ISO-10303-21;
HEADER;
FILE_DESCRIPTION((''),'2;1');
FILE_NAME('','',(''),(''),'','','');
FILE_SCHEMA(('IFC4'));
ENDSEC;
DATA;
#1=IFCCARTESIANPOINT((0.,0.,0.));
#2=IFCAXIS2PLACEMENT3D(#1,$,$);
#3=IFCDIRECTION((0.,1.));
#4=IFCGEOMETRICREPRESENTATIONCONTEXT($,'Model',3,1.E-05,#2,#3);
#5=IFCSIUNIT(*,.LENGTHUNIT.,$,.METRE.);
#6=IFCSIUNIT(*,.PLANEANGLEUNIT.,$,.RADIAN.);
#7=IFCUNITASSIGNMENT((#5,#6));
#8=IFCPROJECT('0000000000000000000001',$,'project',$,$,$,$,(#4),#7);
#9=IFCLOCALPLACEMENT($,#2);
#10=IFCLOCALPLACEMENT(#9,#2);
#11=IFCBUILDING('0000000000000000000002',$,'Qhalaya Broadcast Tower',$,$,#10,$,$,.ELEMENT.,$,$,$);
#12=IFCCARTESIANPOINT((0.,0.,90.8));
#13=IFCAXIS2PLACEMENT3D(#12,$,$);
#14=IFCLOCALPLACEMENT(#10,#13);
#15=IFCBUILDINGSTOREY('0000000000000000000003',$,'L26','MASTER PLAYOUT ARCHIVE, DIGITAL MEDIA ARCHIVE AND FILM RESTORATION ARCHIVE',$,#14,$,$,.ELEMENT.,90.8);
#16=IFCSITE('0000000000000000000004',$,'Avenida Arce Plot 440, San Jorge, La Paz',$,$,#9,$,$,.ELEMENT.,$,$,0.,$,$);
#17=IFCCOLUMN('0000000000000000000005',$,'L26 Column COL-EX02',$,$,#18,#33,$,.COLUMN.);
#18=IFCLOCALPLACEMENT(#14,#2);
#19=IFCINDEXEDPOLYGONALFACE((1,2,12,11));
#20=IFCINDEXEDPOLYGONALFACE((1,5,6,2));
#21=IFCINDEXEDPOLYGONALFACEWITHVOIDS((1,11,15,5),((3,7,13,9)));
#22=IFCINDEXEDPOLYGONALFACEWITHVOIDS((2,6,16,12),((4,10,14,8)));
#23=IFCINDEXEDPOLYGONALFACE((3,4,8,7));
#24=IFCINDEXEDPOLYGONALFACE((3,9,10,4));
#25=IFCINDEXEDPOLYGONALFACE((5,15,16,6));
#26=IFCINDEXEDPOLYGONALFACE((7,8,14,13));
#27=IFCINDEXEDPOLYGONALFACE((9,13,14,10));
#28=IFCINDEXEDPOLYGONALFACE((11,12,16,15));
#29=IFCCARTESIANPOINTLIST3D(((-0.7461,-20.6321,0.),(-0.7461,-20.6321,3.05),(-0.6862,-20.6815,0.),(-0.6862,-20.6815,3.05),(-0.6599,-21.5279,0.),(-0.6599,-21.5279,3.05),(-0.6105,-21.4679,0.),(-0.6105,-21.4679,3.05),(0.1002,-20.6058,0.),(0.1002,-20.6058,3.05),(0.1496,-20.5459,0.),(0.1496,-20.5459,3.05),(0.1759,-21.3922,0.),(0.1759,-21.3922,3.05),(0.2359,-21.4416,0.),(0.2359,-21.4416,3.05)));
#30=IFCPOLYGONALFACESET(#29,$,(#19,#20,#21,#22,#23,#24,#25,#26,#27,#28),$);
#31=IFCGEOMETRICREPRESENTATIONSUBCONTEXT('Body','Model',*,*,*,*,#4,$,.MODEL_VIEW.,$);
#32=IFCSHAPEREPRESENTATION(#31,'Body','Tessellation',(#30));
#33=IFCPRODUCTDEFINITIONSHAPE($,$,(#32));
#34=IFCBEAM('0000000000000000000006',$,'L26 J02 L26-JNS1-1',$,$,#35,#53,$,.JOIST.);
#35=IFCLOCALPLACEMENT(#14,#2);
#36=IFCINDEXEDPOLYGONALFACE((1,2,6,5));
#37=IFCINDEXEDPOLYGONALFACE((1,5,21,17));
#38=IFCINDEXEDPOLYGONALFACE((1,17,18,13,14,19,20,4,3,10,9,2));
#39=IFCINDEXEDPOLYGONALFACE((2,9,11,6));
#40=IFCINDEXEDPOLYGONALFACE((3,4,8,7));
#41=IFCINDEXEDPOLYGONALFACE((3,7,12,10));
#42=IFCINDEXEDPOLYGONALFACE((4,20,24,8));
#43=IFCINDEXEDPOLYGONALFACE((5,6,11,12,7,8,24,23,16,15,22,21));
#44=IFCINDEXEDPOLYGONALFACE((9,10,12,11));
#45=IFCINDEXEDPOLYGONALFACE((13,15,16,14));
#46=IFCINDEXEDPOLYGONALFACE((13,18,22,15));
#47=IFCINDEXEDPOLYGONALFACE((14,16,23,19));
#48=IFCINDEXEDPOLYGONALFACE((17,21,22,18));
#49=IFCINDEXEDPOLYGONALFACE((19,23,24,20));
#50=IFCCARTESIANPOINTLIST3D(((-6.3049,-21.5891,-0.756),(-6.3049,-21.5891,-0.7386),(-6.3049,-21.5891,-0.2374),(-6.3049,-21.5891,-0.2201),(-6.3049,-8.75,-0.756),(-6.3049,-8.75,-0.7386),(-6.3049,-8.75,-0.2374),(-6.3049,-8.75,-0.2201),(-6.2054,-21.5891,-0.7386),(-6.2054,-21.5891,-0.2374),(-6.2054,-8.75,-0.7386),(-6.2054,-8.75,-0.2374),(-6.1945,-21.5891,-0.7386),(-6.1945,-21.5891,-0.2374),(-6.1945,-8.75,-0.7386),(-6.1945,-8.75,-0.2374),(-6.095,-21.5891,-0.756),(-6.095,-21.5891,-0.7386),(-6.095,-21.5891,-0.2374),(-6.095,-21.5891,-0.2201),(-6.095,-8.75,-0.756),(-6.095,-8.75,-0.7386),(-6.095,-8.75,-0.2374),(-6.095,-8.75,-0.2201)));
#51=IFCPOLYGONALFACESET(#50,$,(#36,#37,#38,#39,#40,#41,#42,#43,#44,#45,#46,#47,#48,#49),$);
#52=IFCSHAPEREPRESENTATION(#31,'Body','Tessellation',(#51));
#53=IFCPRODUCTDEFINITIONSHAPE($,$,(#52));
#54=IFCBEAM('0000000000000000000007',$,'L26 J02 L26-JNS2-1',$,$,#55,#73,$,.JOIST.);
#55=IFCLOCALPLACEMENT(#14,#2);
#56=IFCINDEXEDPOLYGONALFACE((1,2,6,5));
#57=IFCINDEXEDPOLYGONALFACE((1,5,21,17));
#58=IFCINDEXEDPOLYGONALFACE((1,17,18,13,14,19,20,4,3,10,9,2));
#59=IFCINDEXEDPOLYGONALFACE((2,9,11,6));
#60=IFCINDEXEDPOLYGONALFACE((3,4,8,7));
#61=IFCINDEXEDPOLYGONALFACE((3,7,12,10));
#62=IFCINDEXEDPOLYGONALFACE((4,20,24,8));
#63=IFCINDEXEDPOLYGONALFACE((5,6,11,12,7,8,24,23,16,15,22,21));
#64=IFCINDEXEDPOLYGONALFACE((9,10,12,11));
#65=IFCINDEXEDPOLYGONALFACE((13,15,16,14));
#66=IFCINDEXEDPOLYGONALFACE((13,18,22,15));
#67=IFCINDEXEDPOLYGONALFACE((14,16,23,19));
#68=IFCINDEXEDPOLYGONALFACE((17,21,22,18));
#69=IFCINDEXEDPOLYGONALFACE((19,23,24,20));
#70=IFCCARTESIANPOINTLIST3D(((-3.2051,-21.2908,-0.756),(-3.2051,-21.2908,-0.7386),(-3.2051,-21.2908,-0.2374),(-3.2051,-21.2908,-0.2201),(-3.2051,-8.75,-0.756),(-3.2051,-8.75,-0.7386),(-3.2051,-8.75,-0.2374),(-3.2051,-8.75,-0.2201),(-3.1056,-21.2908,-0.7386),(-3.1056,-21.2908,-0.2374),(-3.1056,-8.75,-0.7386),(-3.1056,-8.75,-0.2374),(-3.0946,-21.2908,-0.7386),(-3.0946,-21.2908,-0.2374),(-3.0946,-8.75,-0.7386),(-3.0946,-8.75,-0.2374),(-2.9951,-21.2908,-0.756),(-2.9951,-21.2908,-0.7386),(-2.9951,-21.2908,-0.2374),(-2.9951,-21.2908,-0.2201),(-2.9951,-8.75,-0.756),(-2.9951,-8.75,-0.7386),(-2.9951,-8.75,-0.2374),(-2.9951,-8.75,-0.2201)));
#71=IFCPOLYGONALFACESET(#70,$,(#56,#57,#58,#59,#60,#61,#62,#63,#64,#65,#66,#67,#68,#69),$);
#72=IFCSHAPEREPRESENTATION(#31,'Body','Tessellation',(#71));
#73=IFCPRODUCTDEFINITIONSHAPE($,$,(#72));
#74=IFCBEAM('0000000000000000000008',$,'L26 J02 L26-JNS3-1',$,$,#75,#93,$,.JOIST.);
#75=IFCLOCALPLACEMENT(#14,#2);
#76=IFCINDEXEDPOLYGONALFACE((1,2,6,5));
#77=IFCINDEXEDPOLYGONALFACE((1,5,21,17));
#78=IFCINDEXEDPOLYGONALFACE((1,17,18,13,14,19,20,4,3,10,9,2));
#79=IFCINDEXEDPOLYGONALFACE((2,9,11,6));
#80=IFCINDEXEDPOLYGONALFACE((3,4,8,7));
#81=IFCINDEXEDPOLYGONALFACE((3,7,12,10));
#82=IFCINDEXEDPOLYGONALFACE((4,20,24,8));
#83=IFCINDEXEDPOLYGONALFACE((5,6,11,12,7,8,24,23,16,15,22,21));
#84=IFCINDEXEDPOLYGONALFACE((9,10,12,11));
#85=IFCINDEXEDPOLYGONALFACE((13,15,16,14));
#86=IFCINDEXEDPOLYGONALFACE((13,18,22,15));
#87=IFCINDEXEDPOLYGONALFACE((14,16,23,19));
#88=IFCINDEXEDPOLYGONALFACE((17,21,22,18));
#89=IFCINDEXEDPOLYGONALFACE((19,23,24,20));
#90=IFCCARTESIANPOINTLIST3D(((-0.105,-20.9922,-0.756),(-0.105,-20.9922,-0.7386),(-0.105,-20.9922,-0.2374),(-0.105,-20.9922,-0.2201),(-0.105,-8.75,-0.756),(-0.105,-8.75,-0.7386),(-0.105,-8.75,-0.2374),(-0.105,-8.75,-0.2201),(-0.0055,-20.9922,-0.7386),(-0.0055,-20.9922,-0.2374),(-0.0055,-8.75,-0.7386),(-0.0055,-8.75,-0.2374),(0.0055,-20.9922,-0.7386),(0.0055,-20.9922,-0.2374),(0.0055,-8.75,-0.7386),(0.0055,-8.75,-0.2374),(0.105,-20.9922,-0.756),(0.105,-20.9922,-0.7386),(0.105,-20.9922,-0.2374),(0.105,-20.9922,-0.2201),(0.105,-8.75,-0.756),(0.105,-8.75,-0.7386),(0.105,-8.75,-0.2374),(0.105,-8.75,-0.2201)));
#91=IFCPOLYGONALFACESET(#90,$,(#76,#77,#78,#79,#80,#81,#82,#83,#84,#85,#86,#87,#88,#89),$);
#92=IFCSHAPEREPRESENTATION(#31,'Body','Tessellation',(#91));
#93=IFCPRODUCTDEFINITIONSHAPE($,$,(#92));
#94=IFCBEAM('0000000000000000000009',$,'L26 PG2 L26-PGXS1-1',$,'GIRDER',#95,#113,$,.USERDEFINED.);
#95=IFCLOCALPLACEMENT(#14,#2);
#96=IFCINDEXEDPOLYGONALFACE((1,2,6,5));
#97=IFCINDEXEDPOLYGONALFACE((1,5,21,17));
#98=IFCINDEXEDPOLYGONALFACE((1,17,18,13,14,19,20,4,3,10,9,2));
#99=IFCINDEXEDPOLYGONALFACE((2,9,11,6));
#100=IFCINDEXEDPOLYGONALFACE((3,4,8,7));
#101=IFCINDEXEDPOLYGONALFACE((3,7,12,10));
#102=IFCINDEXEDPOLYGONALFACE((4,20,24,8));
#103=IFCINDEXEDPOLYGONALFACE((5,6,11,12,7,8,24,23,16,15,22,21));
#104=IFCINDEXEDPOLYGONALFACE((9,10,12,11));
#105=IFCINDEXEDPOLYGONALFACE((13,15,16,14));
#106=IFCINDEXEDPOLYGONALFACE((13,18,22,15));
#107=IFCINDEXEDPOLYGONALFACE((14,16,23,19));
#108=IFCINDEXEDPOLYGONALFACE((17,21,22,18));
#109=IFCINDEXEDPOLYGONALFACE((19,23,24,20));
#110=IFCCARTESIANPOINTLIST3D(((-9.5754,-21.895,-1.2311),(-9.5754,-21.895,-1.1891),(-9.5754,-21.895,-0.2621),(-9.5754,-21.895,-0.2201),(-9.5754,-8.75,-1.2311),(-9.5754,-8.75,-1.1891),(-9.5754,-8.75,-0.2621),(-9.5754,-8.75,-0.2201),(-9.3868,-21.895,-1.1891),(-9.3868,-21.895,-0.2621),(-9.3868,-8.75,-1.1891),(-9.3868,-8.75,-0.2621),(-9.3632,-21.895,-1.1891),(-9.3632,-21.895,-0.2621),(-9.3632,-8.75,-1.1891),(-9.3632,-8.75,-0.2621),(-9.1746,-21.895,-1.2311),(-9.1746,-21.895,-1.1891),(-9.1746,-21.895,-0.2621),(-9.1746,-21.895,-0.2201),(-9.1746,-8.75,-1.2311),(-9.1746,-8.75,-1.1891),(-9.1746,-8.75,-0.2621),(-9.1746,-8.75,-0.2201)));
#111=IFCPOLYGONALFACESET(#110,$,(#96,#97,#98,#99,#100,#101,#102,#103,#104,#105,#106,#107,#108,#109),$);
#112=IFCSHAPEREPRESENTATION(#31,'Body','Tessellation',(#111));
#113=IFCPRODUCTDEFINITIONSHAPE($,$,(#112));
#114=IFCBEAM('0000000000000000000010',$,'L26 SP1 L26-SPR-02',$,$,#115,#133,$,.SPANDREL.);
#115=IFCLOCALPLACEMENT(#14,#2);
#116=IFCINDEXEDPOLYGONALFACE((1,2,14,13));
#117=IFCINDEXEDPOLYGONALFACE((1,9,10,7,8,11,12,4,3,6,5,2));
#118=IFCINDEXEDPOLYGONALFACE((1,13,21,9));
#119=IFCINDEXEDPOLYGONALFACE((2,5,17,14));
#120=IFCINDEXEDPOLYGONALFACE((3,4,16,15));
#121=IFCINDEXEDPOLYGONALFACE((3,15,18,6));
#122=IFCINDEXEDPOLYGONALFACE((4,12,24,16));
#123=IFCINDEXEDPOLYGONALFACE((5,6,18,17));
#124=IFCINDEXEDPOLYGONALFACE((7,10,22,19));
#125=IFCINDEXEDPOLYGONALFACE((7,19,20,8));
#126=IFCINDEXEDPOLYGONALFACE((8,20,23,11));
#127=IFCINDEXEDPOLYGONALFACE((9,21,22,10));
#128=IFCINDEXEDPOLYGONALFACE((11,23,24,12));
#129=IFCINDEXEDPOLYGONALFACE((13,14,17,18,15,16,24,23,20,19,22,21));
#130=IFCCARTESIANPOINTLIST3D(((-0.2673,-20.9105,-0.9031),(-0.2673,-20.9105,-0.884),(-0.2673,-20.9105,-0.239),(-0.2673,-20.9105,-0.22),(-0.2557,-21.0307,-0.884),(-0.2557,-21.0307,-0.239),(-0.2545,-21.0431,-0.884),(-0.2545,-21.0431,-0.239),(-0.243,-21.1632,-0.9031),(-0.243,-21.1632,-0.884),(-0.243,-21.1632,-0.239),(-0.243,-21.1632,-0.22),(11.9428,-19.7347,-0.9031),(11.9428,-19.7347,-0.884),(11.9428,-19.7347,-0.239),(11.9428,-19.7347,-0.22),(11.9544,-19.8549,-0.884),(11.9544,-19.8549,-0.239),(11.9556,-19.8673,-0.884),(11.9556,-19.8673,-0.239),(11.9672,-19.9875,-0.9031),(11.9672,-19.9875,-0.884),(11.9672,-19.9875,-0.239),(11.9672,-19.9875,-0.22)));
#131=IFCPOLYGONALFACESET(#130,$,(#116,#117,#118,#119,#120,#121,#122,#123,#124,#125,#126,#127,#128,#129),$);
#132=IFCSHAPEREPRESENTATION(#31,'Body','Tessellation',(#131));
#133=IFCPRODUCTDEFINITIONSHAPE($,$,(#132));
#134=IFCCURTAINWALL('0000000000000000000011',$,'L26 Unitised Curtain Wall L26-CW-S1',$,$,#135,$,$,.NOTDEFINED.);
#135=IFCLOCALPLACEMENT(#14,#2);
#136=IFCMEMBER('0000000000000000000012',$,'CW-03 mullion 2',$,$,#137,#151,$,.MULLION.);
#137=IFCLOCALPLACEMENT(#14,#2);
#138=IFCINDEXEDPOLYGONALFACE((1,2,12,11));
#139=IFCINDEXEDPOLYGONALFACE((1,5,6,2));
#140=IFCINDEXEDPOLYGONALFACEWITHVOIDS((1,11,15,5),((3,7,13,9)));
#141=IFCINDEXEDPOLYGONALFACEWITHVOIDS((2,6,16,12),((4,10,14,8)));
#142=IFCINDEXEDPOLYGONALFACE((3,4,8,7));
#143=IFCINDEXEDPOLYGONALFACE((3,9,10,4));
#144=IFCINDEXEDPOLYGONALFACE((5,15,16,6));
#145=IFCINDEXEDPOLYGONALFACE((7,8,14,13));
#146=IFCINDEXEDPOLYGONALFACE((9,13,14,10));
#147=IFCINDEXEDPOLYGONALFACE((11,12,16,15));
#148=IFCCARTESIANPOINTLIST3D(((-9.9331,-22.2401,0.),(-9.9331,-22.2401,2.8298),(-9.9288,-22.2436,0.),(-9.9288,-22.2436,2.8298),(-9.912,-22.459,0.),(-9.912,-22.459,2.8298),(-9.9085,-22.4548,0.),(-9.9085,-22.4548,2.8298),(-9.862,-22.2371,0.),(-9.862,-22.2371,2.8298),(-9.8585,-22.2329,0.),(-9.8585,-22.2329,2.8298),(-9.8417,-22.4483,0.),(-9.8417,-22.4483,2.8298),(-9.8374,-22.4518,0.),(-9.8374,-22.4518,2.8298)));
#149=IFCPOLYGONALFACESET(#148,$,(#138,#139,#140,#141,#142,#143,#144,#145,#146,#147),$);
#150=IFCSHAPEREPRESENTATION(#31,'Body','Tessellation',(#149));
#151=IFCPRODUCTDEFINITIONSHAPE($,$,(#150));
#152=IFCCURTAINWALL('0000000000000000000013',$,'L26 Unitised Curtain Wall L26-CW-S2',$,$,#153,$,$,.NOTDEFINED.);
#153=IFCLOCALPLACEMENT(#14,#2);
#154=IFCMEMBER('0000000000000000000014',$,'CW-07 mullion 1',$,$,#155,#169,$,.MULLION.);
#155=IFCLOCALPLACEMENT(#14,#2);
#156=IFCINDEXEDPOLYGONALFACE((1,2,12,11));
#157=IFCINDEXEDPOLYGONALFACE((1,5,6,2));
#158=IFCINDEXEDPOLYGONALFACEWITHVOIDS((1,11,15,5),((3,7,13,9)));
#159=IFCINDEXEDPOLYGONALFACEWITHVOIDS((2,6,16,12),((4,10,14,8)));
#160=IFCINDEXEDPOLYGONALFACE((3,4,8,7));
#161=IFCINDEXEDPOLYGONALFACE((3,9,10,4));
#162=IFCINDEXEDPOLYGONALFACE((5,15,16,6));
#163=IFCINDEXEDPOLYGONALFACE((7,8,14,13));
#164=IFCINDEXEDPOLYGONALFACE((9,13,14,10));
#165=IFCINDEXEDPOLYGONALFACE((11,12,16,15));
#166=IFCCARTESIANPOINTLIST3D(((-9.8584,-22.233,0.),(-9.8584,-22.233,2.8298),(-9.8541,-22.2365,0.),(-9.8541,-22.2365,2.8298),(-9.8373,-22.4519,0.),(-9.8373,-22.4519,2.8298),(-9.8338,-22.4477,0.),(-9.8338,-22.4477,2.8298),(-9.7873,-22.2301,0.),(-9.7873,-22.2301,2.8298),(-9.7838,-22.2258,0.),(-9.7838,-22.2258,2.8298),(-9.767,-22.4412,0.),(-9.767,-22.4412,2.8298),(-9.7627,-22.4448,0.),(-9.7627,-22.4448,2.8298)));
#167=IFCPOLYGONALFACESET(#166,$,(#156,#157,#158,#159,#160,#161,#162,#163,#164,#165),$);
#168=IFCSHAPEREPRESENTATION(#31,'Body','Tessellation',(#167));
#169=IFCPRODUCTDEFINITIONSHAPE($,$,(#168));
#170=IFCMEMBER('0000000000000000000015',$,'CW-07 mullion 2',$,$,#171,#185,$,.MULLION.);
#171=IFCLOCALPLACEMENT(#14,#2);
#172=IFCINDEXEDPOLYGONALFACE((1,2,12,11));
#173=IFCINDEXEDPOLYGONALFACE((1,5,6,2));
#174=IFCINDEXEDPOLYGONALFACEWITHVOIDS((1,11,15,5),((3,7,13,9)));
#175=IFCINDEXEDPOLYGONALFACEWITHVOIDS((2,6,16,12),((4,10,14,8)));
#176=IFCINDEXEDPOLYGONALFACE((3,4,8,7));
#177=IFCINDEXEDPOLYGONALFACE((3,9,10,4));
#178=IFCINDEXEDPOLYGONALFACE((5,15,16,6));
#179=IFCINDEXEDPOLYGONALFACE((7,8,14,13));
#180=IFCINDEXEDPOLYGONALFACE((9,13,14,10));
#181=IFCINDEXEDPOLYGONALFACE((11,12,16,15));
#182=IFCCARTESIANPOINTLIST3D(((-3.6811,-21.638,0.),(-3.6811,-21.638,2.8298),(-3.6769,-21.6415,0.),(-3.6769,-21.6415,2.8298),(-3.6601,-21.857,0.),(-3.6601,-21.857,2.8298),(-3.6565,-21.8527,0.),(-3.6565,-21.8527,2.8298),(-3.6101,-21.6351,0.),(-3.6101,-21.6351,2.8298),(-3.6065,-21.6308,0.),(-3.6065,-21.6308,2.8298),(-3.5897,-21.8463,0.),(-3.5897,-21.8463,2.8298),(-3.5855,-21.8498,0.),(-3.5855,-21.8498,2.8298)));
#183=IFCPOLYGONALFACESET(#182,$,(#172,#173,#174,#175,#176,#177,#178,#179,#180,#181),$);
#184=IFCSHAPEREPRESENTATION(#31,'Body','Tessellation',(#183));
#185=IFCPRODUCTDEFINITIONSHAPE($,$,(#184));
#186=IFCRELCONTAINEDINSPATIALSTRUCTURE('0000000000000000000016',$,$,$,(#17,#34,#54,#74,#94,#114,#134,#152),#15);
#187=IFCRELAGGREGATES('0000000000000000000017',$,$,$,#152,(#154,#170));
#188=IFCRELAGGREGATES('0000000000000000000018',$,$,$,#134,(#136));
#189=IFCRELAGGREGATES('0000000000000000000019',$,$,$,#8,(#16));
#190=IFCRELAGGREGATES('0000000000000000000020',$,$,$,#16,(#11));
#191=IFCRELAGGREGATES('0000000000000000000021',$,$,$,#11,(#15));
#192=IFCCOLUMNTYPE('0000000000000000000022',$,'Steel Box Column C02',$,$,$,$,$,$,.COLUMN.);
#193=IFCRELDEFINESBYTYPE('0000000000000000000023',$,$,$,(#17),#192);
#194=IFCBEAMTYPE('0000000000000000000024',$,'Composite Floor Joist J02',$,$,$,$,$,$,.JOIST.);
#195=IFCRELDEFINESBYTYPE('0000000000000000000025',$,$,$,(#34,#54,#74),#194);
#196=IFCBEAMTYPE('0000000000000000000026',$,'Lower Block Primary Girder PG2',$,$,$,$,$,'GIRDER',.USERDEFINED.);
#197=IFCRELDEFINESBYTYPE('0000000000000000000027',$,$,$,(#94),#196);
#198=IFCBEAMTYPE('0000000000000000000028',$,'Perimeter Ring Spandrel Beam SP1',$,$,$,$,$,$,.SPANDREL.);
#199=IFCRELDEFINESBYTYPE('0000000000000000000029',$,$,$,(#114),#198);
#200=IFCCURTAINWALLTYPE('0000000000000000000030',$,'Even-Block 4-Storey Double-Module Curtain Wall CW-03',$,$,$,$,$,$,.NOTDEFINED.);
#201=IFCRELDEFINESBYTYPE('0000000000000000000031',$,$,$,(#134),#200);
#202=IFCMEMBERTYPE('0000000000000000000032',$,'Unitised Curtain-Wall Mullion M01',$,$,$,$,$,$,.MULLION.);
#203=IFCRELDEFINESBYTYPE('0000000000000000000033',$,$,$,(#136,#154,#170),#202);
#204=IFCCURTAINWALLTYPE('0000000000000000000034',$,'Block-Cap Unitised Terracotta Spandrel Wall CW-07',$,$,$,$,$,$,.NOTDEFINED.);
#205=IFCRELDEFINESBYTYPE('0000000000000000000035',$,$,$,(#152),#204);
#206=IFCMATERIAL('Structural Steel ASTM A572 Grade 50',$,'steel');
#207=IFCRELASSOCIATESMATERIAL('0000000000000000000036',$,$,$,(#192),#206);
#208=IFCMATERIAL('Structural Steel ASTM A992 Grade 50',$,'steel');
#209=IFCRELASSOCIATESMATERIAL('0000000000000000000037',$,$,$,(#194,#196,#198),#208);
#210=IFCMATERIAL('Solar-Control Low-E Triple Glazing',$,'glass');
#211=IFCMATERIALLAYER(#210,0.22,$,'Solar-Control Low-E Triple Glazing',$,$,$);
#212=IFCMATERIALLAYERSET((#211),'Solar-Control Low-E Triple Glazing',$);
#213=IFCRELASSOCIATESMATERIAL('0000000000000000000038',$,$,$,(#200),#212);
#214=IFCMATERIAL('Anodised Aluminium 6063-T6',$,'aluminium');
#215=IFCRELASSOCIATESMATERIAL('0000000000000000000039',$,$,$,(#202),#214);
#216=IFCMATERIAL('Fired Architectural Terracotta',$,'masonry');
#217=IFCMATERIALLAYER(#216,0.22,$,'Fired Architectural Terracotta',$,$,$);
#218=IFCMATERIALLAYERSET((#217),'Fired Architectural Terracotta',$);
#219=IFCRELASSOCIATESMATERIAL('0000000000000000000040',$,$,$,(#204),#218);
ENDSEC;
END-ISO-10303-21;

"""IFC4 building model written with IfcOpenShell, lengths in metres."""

from ifc_helpers import new_model, si_unit, direction, frame, origin, origin_2d, place, context, subcontext, project, spatial, hollow_rectangle, i_section, extrude, material, layer, layer_set, material_profile, profile_set, type_object, element, aggregate, save


model = new_model("IFC4")

# Units and contexts
model_context = context("Model", 3, precision=1e-05, world=origin(), true_north=direction((0.0, 1.0)))
body_context = subcontext(model_context, "Body", "Model", "MODEL_VIEW")
ifc_project = project(units=[si_unit("LENGTHUNIT", "METRE"), si_unit("PLANEANGLEUNIT", "RADIAN")], contexts=[model_context])

# Site, building, storey
site_placement = place(None, origin())
site = spatial("IfcSite", under=ifc_project, at=site_placement, Name="Avenida Arce Plot 440, San Jorge, La Paz", CompositionType="ELEMENT", RefElevation=0.0)
building_placement = place(site_placement, origin())
building = spatial("IfcBuilding", under=site, at=building_placement, Name="Qhalaya Broadcast Tower", CompositionType="ELEMENT")
storey_placement = place(building_placement, frame((0.0, 0.0, 90.8)))
storey = spatial("IfcBuildingStorey", under=building, at=storey_placement, Name="L26", Description="MASTER PLAYOUT ARCHIVE, DIGITAL MEDIA ARCHIVE AND FILM RESTORATION ARCHIVE", CompositionType="ELEMENT", Elevation=90.8)

# Column
ifc_material_1 = material(Name="Structural Steel ASTM A572 Grade 50", Category="steel")
ifc_material_profile_1 = material_profile(ifc_material_1, hollow_rectangle(XDim=0.8999, YDim=0.8999, WallThickness=0.0549, at=origin_2d()), Name="BOX 900x900x55")
ifc_profile_set_1 = profile_set([ifc_material_profile_1], Name="Structural Steel ASTM A572 Grade 50")
column_type = type_object("IfcColumnType", Name="Steel Box Column C02", PredefinedType="COLUMN", material=ifc_profile_set_1)
column_placement = place(storey_placement, frame((-0.2551, -21.0369, 0.0), z_axis=(0.0, 0.0, 1.0), x_axis=(0.995396, 0.095846, 0.0)))
element("IfcColumn", 1, at=column_placement, inside=storey, type_object=column_type, Name="L26 Column COL-EX02", PredefinedType="COLUMN", context=body_context, shape_type="SweptSolid", body=[
    extrude(hollow_rectangle(XDim=0.8999, YDim=0.8999, WallThickness=0.0549, at=origin_2d()), origin(), (0.0, 0.0, 1.0), 3.05),
])

# Beams
ifc_material_2 = material(Name="Structural Steel ASTM A992 Grade 50", Category="steel")
ifc_material_profile_2 = material_profile(ifc_material_2, i_section(OverallWidth=0.21, OverallDepth=0.5359, WebThickness=0.011, FlangeThickness=0.0173, at=origin_2d()), Name="W21X68")
ifc_profile_set_2 = profile_set([ifc_material_profile_2], Name="Structural Steel ASTM A992 Grade 50")
beam_type_1 = type_object("IfcBeamType", Name="Composite Floor Joist J02", PredefinedType="JOIST", material=ifc_profile_set_2)
beam_1_placement = place(storey_placement, frame((-6.2, -21.5891, -0.488), z_axis=(0.0, 1.0, 0.0), x_axis=(-1.0, 0.0, 0.0)))
element("IfcBeam", 2, at=beam_1_placement, inside=storey, type_object=beam_type_1, Name="L26 J02 L26-JNS1-1", PredefinedType="JOIST", context=body_context, shape_type="SweptSolid", body=[
    extrude(i_section(OverallWidth=0.21, OverallDepth=0.5359, WebThickness=0.011, FlangeThickness=0.0173, at=origin_2d()), origin(), (0.0, 0.0, 1.0), 12.8391),
])
beam_2_placement = place(storey_placement, frame((-3.1001, -21.2908, -0.488), z_axis=(0.0, 1.0, 0.0), x_axis=(-1.0, 0.0, 0.0)))
element("IfcBeam", 3, at=beam_2_placement, inside=storey, type_object=beam_type_1, Name="L26 J02 L26-JNS2-1", PredefinedType="JOIST", context=body_context, shape_type="SweptSolid", body=[
    extrude(i_section(OverallWidth=0.21, OverallDepth=0.5359, WebThickness=0.011, FlangeThickness=0.0173, at=origin_2d()), origin(), (0.0, 0.0, 1.0), 12.5408),
])
beam_3_placement = place(storey_placement, frame((0.0, -20.9922, -0.488), z_axis=(0.0, 1.0, 0.0), x_axis=(-1.0, 0.0, 0.0)))
element("IfcBeam", 4, at=beam_3_placement, inside=storey, type_object=beam_type_1, Name="L26 J02 L26-JNS3-1", PredefinedType="JOIST", context=body_context, shape_type="SweptSolid", body=[
    extrude(i_section(OverallWidth=0.21, OverallDepth=0.5359, WebThickness=0.011, FlangeThickness=0.0173, at=origin_2d()), origin(), (0.0, 0.0, 1.0), 12.2422),
])
ifc_material_profile_3 = material_profile(ifc_material_2, i_section(OverallWidth=0.4009, OverallDepth=1.011, WebThickness=0.0237, FlangeThickness=0.042, at=origin_2d()), Name="W40X297")
ifc_profile_set_3 = profile_set([ifc_material_profile_3], Name="Structural Steel ASTM A992 Grade 50")
beam_type_2 = type_object("IfcBeamType", Name="Lower Block Primary Girder PG2", ElementType="GIRDER", PredefinedType="USERDEFINED", material=ifc_profile_set_3)
beam_4_placement = place(storey_placement, frame((-9.375, -21.895, -0.7256), z_axis=(0.0, 1.0, 0.0), x_axis=(-1.0, 0.0, 0.0)))
element("IfcBeam", 5, at=beam_4_placement, inside=storey, type_object=beam_type_2, Name="L26 PG2 L26-PGXS1-1", ObjectType="GIRDER", PredefinedType="USERDEFINED", context=body_context, shape_type="SweptSolid", body=[
    extrude(i_section(OverallWidth=0.4009, OverallDepth=1.011, WebThickness=0.0237, FlangeThickness=0.042, at=origin_2d()), origin(), (0.0, 0.0, 1.0), 13.145),
])
ifc_material_profile_4 = material_profile(ifc_material_2, i_section(OverallWidth=0.2539, OverallDepth=0.6831, WebThickness=0.0125, FlangeThickness=0.019, at=origin_2d()), Name="W27X94")
ifc_profile_set_4 = profile_set([ifc_material_profile_4], Name="Structural Steel ASTM A992 Grade 50")
beam_type_3 = type_object("IfcBeamType", Name="Perimeter Ring Spandrel Beam SP1", PredefinedType="SPANDREL", material=ifc_profile_set_4)
beam_5_placement = place(storey_placement, frame((-0.2551, -21.0369, -0.5615), z_axis=(0.995396, 0.095852, 0.0), x_axis=(-0.095852, 0.995396, 0.0)))
element("IfcBeam", 6, at=beam_5_placement, inside=storey, type_object=beam_type_3, Name="L26 SP1 L26-SPR-02", PredefinedType="SPANDREL", context=body_context, shape_type="SweptSolid", body=[
    extrude(i_section(OverallWidth=0.2539, OverallDepth=0.6831, WebThickness=0.0125, FlangeThickness=0.019, at=origin_2d()), origin(), (0.0, 0.0, 1.0), 12.2666),
])

# Curtain wall, member
ifc_material_3 = material(Name="Solar-Control Low-E Triple Glazing", Category="glass")
ifc_layer_1 = layer(ifc_material_3, 0.22, Name="Solar-Control Low-E Triple Glazing")
ifc_layer_set_1 = layer_set([ifc_layer_1], Name="Solar-Control Low-E Triple Glazing")
curtain_wall_type_1 = type_object("IfcCurtainWallType", Name="Even-Block 4-Storey Double-Module Curtain Wall CW-03", PredefinedType="NOTDEFINED", material=ifc_layer_set_1)
curtain_wall_1_placement = place(storey_placement, origin())
curtain_wall_1 = element("IfcCurtainWall", 7, at=curtain_wall_1_placement, inside=storey, type_object=curtain_wall_type_1, Name="L26 Unitised Curtain Wall L26-CW-S1", PredefinedType="NOTDEFINED")
ifc_material_4 = material(Name="Anodised Aluminium 6063-T6", Category="aluminium")
ifc_material_profile_5 = material_profile(ifc_material_4, hollow_rectangle(XDim=0.075, YDim=0.22, WallThickness=0.0039, at=origin_2d()), Name="ALU-MUL 75x220x4")
ifc_profile_set_5 = profile_set([ifc_material_profile_5], Name="Anodised Aluminium 6063-T6")
member_type_1 = type_object("IfcMemberType", Name="Unitised Curtain-Wall Mullion M01", PredefinedType="MULLION", material=ifc_profile_set_5)
member_1_placement = place(storey_placement, frame((-9.8853, -22.3459, 0.0), z_axis=(0.0, 0.0, 1.0), x_axis=(0.995398, 0.095829, 0.0)))
member_1 = element("IfcMember", 8, at=member_1_placement, type_object=member_type_1, Name="CW-03 mullion 2", PredefinedType="MULLION", context=body_context, shape_type="SweptSolid", body=[
    extrude(hollow_rectangle(XDim=0.075, YDim=0.22, WallThickness=0.0039, at=origin_2d()), origin(), (0.0, 0.0, 1.0), 2.8298),
])

# Curtain wall, members
ifc_material_5 = material(Name="Fired Architectural Terracotta", Category="masonry")
ifc_layer_2 = layer(ifc_material_5, 0.22, Name="Fired Architectural Terracotta")
ifc_layer_set_2 = layer_set([ifc_layer_2], Name="Fired Architectural Terracotta")
curtain_wall_type_2 = type_object("IfcCurtainWallType", Name="Block-Cap Unitised Terracotta Spandrel Wall CW-07", PredefinedType="NOTDEFINED", material=ifc_layer_set_2)
curtain_wall_2_placement = place(storey_placement, origin())
curtain_wall_2 = element("IfcCurtainWall", 9, at=curtain_wall_2_placement, inside=storey, type_object=curtain_wall_type_2, Name="L26 Unitised Curtain Wall L26-CW-S2", PredefinedType="NOTDEFINED")
member_2_placement = place(storey_placement, frame((-9.8105, -22.3389, 0.0), z_axis=(0.0, 0.0, 1.0), x_axis=(0.995395, 0.095862, 0.0)))
member_2 = element("IfcMember", 10, at=member_2_placement, type_object=member_type_1, Name="CW-07 mullion 1", PredefinedType="MULLION", context=body_context, shape_type="SweptSolid", body=[
    extrude(hollow_rectangle(XDim=0.075, YDim=0.22, WallThickness=0.0039, at=origin_2d()), origin(), (0.0, 0.0, 1.0), 2.8298),
])
member_3_placement = place(storey_placement, frame((-3.6333, -21.7439, 0.0), z_axis=(0.0, 0.0, 1.0), x_axis=(0.995395, 0.095862, 0.0)))
member_3 = element("IfcMember", 11, at=member_3_placement, type_object=member_type_1, Name="CW-07 mullion 2", PredefinedType="MULLION", context=body_context, shape_type="SweptSolid", body=[
    extrude(hollow_rectangle(XDim=0.075, YDim=0.22, WallThickness=0.0039, at=origin_2d()), origin(), (0.0, 0.0, 1.0), 2.8298),
])

aggregate(curtain_wall_2, [member_2, member_3])
aggregate(curtain_wall_1, [member_1])

save(model, "model.ifc")
